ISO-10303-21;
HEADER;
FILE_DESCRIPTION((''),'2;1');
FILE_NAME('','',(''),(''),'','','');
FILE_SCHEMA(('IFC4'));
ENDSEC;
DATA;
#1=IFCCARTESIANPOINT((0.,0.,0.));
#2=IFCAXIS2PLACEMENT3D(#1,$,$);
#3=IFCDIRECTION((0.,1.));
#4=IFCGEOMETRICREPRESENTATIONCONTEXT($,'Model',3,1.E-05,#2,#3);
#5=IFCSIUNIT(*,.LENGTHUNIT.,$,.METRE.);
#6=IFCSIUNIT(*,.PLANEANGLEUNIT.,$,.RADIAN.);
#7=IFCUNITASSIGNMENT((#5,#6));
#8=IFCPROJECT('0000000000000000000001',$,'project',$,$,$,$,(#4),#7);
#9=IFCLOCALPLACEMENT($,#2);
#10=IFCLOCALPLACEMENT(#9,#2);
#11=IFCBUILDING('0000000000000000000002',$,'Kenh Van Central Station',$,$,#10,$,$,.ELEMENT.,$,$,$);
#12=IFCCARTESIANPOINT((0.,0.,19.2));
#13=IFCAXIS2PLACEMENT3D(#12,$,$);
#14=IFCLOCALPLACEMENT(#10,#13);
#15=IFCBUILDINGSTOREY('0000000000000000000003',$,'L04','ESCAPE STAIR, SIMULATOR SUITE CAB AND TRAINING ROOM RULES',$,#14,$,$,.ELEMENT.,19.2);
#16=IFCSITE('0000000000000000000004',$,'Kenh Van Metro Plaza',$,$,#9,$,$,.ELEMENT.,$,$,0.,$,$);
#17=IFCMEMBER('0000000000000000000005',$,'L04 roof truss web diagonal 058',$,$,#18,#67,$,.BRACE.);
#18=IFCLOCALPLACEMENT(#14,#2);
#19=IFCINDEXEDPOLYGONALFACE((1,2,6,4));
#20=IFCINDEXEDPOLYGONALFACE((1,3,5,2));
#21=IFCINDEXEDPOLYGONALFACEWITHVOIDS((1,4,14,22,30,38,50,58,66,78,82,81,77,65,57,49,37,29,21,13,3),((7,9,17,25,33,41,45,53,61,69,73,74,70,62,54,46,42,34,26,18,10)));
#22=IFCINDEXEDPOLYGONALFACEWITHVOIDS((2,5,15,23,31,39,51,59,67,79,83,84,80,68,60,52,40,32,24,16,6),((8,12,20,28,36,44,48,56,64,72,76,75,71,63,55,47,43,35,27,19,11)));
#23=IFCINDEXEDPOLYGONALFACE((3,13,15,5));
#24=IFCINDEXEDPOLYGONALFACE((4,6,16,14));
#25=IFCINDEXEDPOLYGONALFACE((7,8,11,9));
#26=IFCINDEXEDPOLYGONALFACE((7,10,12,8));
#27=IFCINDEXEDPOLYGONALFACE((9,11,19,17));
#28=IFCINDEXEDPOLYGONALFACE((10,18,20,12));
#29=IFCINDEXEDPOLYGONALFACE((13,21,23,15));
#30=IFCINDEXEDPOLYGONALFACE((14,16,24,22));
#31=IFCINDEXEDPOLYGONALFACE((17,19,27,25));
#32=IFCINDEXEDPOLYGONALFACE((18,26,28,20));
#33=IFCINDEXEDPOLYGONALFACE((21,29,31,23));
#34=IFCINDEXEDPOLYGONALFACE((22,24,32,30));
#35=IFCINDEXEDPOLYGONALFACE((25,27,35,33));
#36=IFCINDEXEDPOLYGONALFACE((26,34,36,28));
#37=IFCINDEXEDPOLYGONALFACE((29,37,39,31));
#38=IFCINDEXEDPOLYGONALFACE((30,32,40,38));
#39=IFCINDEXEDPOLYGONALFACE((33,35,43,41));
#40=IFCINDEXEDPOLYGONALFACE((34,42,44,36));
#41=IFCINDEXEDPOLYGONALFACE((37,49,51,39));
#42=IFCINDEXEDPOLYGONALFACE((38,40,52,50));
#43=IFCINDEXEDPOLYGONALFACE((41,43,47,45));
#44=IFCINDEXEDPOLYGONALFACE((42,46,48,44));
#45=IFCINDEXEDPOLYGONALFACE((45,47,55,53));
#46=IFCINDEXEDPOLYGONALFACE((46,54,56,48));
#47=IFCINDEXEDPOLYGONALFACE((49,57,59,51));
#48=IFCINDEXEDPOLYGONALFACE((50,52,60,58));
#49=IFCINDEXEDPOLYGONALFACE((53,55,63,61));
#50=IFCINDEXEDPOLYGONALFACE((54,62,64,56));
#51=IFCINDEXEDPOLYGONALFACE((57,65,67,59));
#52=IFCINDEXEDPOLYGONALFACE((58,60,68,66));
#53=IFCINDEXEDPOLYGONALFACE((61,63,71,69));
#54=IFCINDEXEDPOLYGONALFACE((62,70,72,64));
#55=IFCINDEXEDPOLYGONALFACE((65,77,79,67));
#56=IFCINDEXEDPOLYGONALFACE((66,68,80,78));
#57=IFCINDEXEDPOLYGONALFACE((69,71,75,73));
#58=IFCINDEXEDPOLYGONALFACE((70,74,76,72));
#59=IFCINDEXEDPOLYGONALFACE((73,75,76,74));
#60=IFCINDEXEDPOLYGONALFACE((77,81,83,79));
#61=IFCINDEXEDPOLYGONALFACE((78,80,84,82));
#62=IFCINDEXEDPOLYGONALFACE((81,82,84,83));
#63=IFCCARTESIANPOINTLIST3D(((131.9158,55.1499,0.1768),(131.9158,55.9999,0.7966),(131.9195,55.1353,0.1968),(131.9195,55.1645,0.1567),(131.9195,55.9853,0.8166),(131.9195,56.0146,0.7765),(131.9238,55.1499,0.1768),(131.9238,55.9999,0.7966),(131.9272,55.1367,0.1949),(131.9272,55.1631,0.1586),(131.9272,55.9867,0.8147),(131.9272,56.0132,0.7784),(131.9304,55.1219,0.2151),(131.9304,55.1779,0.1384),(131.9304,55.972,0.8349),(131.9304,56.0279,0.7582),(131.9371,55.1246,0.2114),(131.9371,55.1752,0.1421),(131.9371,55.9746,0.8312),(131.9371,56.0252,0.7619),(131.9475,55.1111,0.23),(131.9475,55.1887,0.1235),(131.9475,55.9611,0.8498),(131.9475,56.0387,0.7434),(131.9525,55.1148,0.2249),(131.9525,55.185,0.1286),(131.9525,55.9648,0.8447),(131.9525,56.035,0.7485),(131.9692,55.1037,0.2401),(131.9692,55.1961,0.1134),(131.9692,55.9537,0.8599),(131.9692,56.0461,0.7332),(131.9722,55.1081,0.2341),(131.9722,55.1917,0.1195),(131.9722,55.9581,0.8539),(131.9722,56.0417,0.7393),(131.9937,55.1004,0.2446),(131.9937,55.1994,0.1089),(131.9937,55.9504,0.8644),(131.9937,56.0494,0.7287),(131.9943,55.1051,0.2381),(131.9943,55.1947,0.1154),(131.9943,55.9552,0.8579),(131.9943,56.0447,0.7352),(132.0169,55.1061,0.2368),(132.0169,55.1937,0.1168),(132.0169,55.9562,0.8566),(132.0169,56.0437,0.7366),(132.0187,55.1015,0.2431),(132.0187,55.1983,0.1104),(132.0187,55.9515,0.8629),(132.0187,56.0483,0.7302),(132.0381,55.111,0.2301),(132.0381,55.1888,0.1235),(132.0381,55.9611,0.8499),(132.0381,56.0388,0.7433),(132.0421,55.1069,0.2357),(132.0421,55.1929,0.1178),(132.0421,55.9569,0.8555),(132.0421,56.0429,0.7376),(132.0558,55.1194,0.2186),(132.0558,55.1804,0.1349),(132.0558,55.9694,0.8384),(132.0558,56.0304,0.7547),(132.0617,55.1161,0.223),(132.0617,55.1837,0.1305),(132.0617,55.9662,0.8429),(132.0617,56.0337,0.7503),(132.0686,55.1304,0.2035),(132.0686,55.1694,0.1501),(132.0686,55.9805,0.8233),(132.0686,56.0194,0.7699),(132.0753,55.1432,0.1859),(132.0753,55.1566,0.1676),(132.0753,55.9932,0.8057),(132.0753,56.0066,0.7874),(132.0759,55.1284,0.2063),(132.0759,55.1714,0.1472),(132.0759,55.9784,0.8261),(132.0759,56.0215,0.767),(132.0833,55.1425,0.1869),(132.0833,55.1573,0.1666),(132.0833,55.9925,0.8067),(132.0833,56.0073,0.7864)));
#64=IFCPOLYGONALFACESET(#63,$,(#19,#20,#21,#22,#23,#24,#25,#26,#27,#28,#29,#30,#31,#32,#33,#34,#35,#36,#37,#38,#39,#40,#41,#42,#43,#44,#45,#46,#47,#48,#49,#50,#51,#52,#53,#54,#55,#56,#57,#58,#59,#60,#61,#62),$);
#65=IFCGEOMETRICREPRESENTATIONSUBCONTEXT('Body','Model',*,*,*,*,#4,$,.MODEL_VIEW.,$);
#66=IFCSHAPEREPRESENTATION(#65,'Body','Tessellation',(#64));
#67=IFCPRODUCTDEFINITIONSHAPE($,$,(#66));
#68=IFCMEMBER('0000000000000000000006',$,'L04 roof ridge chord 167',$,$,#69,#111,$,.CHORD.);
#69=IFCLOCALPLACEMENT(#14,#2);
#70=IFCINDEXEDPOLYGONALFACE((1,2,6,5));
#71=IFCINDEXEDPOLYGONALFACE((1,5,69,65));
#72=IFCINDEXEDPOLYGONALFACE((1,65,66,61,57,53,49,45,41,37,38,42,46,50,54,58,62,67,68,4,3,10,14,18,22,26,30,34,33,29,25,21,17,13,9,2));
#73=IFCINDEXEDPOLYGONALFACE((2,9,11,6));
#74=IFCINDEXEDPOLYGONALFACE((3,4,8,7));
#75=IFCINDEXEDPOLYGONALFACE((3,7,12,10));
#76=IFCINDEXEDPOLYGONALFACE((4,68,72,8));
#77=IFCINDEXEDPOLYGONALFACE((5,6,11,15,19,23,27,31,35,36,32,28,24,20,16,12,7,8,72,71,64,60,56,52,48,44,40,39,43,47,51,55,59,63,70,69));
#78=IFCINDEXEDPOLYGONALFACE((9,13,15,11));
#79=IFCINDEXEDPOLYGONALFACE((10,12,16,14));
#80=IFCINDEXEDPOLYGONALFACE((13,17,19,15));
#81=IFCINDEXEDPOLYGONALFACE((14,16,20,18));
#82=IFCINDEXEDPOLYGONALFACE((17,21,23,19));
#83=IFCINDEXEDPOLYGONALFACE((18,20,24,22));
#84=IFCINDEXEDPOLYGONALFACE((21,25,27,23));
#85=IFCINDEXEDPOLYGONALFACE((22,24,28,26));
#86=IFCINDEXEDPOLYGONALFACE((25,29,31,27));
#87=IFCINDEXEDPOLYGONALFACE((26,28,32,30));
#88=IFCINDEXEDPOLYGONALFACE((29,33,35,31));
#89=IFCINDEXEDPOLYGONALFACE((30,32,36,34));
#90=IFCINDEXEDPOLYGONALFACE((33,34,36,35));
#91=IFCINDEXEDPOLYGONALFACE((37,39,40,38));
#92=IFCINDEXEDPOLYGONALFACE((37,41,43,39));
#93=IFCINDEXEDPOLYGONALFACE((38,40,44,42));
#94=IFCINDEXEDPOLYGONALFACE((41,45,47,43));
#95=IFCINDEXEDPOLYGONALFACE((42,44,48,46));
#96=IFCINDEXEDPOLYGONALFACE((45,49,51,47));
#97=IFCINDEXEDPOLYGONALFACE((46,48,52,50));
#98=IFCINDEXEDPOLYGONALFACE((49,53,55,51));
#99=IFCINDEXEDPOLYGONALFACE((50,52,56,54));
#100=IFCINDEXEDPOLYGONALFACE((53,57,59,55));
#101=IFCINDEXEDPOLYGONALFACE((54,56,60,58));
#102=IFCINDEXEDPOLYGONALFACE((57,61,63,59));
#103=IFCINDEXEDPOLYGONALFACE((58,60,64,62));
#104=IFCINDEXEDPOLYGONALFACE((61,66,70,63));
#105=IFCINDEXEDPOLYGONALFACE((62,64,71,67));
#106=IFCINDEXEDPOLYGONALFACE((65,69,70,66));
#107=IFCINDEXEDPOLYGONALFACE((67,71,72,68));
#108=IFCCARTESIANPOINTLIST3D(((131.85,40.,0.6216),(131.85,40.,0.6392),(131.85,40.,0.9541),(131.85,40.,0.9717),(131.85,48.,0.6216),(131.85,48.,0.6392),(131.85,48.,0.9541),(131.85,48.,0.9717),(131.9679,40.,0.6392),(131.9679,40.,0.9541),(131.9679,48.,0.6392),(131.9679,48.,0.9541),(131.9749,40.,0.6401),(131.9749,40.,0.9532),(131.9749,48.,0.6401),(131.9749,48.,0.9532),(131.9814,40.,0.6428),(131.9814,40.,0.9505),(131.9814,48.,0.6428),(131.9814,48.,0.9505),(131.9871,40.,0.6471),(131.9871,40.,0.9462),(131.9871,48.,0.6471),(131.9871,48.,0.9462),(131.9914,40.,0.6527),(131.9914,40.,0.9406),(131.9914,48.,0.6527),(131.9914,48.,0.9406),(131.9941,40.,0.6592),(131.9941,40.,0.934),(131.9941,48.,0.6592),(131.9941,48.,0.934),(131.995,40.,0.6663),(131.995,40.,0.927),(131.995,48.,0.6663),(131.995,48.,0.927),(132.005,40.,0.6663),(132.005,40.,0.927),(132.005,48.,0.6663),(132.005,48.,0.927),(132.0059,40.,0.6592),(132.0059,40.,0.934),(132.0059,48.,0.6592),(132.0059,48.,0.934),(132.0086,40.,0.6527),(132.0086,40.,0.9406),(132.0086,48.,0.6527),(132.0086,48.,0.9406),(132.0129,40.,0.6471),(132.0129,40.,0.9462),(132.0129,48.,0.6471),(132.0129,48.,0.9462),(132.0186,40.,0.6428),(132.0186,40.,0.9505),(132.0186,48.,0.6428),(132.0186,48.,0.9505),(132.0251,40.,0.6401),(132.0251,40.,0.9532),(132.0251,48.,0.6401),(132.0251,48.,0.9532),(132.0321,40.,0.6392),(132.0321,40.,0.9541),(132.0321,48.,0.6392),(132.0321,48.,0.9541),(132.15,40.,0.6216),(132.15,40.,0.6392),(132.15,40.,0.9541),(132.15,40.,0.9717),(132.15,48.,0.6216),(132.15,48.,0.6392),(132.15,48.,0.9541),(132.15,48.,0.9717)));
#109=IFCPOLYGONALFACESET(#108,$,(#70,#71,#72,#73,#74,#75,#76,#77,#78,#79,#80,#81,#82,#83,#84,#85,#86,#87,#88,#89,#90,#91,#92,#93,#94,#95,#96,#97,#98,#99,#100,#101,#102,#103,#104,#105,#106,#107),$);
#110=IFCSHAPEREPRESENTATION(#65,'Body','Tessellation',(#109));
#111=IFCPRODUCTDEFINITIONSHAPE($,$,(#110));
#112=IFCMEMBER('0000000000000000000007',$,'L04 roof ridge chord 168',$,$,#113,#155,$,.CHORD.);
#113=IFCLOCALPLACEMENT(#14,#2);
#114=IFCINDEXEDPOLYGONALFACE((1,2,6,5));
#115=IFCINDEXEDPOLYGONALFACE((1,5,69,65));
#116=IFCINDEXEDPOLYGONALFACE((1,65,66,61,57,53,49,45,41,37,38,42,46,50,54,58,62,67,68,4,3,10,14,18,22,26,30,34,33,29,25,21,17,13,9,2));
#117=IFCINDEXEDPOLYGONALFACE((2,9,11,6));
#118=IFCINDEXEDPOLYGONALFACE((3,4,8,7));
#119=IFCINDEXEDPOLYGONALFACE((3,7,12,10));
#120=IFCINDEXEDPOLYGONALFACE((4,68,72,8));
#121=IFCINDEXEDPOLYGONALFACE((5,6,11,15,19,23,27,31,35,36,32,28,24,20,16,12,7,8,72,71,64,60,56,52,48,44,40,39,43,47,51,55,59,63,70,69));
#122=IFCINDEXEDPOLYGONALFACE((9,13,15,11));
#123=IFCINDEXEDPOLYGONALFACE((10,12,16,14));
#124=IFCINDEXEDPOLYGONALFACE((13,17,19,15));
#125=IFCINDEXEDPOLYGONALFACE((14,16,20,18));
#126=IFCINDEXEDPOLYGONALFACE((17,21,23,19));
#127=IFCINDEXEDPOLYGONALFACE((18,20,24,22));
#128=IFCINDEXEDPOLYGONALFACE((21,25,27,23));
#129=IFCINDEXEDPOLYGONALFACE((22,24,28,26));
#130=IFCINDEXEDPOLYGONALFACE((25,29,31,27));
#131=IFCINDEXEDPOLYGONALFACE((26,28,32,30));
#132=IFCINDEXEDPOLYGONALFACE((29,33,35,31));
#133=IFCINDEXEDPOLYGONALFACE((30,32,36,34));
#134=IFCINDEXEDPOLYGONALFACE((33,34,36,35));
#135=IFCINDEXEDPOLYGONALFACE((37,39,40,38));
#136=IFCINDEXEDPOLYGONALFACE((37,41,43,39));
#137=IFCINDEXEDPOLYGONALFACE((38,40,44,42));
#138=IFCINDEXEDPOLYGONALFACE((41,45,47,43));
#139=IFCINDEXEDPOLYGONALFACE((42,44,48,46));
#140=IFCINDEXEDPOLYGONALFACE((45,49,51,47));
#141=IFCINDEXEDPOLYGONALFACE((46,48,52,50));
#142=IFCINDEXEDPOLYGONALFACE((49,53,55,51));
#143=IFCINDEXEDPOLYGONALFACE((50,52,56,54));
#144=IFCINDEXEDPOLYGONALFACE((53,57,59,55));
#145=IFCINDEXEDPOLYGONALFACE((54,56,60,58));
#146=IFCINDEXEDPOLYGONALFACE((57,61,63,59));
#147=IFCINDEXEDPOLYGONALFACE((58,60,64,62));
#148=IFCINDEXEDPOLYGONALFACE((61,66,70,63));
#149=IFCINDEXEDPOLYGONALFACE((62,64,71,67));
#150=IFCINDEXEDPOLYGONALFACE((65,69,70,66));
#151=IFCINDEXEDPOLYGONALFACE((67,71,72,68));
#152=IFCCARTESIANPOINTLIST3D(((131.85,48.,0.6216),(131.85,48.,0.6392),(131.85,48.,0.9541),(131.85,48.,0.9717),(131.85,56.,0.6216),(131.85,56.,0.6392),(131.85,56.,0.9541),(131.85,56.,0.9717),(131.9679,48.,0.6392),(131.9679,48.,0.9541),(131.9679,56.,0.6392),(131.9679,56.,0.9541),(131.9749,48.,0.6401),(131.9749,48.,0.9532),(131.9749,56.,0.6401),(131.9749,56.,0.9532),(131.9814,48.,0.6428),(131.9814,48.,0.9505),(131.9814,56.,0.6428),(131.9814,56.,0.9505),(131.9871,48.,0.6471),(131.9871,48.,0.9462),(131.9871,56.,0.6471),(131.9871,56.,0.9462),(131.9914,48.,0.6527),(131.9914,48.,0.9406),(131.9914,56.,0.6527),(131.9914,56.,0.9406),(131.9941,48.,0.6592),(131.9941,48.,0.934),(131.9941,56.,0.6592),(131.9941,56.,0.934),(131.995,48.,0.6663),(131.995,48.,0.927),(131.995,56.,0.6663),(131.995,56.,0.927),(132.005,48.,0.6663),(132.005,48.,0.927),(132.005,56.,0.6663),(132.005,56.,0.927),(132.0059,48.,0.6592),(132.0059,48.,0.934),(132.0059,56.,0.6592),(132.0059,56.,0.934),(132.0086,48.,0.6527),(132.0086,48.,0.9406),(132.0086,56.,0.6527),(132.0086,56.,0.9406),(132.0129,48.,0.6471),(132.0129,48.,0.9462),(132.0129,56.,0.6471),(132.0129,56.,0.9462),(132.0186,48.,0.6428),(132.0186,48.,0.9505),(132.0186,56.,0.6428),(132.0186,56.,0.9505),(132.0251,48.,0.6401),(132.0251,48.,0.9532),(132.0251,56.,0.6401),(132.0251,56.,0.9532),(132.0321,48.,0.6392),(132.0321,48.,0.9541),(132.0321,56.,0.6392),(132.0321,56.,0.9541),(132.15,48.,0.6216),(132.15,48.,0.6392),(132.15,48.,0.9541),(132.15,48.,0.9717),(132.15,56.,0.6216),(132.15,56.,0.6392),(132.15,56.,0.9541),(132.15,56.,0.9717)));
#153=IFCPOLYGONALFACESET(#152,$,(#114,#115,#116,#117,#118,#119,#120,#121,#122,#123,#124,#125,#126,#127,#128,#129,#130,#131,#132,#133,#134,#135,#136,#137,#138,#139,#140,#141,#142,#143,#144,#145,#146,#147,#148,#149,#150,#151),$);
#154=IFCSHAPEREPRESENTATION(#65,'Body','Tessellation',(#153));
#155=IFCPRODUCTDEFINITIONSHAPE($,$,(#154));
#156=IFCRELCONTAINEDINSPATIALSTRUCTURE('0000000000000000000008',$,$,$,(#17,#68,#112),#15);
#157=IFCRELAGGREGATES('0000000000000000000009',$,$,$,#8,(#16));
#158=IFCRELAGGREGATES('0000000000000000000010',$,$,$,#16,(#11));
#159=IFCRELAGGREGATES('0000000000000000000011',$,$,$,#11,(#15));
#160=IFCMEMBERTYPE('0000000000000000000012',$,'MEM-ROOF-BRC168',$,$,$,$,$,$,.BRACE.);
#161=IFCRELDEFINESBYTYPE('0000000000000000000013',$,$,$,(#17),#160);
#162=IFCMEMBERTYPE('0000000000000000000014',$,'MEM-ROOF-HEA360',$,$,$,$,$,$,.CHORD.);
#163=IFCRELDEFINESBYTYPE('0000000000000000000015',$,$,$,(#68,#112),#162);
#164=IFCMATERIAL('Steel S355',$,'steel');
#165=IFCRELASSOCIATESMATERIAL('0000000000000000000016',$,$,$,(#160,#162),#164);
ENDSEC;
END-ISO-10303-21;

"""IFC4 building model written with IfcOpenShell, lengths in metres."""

from ifc_helpers import new_model, si_unit, direction, frame, origin, origin_2d, place, context, subcontext, project, spatial, hollow_circle, i_section, extrude, material, material_profile, profile_set, type_object, element, save


model = new_model("IFC4")

# Units and contexts
model_context = context("Model", 3, precision=1e-05, world=origin(), true_north=direction((0.0, 1.0)))
body_context = subcontext(model_context, "Body", "Model", "MODEL_VIEW")
ifc_project = project(units=[si_unit("LENGTHUNIT", "METRE"), si_unit("PLANEANGLEUNIT", "RADIAN")], contexts=[model_context])

# Site, building, storey
site_placement = place(None, origin())
site = spatial("IfcSite", under=ifc_project, at=site_placement, Name="Kenh Van Metro Plaza", CompositionType="ELEMENT", RefElevation=0.0)
building_placement = place(site_placement, origin())
building = spatial("IfcBuilding", under=site, at=building_placement, Name="Kenh Van Central Station", CompositionType="ELEMENT")
storey_placement = place(building_placement, frame((0.0, 0.0, 19.2)))
storey = spatial("IfcBuildingStorey", under=building, at=storey_placement, Name="L04", Description="ESCAPE STAIR, SIMULATOR SUITE CAB AND TRAINING ROOM RULES", CompositionType="ELEMENT", Elevation=19.2)

# Shared definitions
ifc_material_1 = material(Name="Steel S355", Category="steel")

# Members
ifc_material_profile_1 = material_profile(ifc_material_1, hollow_circle(Radius=0.0842, WallThickness=0.0081, at=origin_2d()), Name="CHS 168.3x8")
ifc_profile_set_1 = profile_set([ifc_material_profile_1], Name="Steel S355")
member_type_1 = type_object("IfcMemberType", Name="MEM-ROOF-BRC168", PredefinedType="BRACE", material=ifc_profile_set_1)
for number, where, z_axis, x_axis, name in (
    (1, (132.0, 55.1499, 0.1768), (0.0, 0.808003, 0.589178), (-1.0, 0.0, 0.0), "L04 roof truss web diagonal 058"),
):
    element("IfcMember", number, at=place(storey_placement, frame(where, z_axis=z_axis, x_axis=x_axis)), inside=storey, type_object=member_type_1, Name=name, PredefinedType="BRACE", context=body_context, shape_type="SweptSolid", body=[
        extrude(hollow_circle(Radius=0.0842, WallThickness=0.0081, at=origin_2d()), origin(), (0.0, 0.0, 1.0), 1.052),
    ])
ifc_material_profile_2 = material_profile(ifc_material_1, i_section(OverallWidth=0.3, OverallDepth=0.3501, WebThickness=0.01, FlangeThickness=0.0176, FilletRadius=0.0271, at=origin_2d()), Name="HEA 360")
ifc_profile_set_2 = profile_set([ifc_material_profile_2], Name="Steel S355")
member_type_2 = type_object("IfcMemberType", Name="MEM-ROOF-HEA360", PredefinedType="CHORD", material=ifc_profile_set_2)
for number, where, z_axis, x_axis, name in (
    (2, (132.0, 40.0, 0.7966), (0.0, 1.0, 0.0), (-1.0, 0.0, 0.0), "L04 roof ridge chord 167"),
    (3, (132.0, 48.0, 0.7966), (0.0, 1.0, 0.0), (-1.0, 0.0, 0.0), "L04 roof ridge chord 168"),
):
    element("IfcMember", number, at=place(storey_placement, frame(where, z_axis=z_axis, x_axis=x_axis)), inside=storey, type_object=member_type_2, Name=name, PredefinedType="CHORD", context=body_context, shape_type="SweptSolid", body=[
        extrude(i_section(OverallWidth=0.3, OverallDepth=0.3501, WebThickness=0.01, FlangeThickness=0.0176, FilletRadius=0.0271, at=origin_2d()), origin(), (0.0, 0.0, 1.0), 8.0),
    ])

save(model, "model.ifc")
